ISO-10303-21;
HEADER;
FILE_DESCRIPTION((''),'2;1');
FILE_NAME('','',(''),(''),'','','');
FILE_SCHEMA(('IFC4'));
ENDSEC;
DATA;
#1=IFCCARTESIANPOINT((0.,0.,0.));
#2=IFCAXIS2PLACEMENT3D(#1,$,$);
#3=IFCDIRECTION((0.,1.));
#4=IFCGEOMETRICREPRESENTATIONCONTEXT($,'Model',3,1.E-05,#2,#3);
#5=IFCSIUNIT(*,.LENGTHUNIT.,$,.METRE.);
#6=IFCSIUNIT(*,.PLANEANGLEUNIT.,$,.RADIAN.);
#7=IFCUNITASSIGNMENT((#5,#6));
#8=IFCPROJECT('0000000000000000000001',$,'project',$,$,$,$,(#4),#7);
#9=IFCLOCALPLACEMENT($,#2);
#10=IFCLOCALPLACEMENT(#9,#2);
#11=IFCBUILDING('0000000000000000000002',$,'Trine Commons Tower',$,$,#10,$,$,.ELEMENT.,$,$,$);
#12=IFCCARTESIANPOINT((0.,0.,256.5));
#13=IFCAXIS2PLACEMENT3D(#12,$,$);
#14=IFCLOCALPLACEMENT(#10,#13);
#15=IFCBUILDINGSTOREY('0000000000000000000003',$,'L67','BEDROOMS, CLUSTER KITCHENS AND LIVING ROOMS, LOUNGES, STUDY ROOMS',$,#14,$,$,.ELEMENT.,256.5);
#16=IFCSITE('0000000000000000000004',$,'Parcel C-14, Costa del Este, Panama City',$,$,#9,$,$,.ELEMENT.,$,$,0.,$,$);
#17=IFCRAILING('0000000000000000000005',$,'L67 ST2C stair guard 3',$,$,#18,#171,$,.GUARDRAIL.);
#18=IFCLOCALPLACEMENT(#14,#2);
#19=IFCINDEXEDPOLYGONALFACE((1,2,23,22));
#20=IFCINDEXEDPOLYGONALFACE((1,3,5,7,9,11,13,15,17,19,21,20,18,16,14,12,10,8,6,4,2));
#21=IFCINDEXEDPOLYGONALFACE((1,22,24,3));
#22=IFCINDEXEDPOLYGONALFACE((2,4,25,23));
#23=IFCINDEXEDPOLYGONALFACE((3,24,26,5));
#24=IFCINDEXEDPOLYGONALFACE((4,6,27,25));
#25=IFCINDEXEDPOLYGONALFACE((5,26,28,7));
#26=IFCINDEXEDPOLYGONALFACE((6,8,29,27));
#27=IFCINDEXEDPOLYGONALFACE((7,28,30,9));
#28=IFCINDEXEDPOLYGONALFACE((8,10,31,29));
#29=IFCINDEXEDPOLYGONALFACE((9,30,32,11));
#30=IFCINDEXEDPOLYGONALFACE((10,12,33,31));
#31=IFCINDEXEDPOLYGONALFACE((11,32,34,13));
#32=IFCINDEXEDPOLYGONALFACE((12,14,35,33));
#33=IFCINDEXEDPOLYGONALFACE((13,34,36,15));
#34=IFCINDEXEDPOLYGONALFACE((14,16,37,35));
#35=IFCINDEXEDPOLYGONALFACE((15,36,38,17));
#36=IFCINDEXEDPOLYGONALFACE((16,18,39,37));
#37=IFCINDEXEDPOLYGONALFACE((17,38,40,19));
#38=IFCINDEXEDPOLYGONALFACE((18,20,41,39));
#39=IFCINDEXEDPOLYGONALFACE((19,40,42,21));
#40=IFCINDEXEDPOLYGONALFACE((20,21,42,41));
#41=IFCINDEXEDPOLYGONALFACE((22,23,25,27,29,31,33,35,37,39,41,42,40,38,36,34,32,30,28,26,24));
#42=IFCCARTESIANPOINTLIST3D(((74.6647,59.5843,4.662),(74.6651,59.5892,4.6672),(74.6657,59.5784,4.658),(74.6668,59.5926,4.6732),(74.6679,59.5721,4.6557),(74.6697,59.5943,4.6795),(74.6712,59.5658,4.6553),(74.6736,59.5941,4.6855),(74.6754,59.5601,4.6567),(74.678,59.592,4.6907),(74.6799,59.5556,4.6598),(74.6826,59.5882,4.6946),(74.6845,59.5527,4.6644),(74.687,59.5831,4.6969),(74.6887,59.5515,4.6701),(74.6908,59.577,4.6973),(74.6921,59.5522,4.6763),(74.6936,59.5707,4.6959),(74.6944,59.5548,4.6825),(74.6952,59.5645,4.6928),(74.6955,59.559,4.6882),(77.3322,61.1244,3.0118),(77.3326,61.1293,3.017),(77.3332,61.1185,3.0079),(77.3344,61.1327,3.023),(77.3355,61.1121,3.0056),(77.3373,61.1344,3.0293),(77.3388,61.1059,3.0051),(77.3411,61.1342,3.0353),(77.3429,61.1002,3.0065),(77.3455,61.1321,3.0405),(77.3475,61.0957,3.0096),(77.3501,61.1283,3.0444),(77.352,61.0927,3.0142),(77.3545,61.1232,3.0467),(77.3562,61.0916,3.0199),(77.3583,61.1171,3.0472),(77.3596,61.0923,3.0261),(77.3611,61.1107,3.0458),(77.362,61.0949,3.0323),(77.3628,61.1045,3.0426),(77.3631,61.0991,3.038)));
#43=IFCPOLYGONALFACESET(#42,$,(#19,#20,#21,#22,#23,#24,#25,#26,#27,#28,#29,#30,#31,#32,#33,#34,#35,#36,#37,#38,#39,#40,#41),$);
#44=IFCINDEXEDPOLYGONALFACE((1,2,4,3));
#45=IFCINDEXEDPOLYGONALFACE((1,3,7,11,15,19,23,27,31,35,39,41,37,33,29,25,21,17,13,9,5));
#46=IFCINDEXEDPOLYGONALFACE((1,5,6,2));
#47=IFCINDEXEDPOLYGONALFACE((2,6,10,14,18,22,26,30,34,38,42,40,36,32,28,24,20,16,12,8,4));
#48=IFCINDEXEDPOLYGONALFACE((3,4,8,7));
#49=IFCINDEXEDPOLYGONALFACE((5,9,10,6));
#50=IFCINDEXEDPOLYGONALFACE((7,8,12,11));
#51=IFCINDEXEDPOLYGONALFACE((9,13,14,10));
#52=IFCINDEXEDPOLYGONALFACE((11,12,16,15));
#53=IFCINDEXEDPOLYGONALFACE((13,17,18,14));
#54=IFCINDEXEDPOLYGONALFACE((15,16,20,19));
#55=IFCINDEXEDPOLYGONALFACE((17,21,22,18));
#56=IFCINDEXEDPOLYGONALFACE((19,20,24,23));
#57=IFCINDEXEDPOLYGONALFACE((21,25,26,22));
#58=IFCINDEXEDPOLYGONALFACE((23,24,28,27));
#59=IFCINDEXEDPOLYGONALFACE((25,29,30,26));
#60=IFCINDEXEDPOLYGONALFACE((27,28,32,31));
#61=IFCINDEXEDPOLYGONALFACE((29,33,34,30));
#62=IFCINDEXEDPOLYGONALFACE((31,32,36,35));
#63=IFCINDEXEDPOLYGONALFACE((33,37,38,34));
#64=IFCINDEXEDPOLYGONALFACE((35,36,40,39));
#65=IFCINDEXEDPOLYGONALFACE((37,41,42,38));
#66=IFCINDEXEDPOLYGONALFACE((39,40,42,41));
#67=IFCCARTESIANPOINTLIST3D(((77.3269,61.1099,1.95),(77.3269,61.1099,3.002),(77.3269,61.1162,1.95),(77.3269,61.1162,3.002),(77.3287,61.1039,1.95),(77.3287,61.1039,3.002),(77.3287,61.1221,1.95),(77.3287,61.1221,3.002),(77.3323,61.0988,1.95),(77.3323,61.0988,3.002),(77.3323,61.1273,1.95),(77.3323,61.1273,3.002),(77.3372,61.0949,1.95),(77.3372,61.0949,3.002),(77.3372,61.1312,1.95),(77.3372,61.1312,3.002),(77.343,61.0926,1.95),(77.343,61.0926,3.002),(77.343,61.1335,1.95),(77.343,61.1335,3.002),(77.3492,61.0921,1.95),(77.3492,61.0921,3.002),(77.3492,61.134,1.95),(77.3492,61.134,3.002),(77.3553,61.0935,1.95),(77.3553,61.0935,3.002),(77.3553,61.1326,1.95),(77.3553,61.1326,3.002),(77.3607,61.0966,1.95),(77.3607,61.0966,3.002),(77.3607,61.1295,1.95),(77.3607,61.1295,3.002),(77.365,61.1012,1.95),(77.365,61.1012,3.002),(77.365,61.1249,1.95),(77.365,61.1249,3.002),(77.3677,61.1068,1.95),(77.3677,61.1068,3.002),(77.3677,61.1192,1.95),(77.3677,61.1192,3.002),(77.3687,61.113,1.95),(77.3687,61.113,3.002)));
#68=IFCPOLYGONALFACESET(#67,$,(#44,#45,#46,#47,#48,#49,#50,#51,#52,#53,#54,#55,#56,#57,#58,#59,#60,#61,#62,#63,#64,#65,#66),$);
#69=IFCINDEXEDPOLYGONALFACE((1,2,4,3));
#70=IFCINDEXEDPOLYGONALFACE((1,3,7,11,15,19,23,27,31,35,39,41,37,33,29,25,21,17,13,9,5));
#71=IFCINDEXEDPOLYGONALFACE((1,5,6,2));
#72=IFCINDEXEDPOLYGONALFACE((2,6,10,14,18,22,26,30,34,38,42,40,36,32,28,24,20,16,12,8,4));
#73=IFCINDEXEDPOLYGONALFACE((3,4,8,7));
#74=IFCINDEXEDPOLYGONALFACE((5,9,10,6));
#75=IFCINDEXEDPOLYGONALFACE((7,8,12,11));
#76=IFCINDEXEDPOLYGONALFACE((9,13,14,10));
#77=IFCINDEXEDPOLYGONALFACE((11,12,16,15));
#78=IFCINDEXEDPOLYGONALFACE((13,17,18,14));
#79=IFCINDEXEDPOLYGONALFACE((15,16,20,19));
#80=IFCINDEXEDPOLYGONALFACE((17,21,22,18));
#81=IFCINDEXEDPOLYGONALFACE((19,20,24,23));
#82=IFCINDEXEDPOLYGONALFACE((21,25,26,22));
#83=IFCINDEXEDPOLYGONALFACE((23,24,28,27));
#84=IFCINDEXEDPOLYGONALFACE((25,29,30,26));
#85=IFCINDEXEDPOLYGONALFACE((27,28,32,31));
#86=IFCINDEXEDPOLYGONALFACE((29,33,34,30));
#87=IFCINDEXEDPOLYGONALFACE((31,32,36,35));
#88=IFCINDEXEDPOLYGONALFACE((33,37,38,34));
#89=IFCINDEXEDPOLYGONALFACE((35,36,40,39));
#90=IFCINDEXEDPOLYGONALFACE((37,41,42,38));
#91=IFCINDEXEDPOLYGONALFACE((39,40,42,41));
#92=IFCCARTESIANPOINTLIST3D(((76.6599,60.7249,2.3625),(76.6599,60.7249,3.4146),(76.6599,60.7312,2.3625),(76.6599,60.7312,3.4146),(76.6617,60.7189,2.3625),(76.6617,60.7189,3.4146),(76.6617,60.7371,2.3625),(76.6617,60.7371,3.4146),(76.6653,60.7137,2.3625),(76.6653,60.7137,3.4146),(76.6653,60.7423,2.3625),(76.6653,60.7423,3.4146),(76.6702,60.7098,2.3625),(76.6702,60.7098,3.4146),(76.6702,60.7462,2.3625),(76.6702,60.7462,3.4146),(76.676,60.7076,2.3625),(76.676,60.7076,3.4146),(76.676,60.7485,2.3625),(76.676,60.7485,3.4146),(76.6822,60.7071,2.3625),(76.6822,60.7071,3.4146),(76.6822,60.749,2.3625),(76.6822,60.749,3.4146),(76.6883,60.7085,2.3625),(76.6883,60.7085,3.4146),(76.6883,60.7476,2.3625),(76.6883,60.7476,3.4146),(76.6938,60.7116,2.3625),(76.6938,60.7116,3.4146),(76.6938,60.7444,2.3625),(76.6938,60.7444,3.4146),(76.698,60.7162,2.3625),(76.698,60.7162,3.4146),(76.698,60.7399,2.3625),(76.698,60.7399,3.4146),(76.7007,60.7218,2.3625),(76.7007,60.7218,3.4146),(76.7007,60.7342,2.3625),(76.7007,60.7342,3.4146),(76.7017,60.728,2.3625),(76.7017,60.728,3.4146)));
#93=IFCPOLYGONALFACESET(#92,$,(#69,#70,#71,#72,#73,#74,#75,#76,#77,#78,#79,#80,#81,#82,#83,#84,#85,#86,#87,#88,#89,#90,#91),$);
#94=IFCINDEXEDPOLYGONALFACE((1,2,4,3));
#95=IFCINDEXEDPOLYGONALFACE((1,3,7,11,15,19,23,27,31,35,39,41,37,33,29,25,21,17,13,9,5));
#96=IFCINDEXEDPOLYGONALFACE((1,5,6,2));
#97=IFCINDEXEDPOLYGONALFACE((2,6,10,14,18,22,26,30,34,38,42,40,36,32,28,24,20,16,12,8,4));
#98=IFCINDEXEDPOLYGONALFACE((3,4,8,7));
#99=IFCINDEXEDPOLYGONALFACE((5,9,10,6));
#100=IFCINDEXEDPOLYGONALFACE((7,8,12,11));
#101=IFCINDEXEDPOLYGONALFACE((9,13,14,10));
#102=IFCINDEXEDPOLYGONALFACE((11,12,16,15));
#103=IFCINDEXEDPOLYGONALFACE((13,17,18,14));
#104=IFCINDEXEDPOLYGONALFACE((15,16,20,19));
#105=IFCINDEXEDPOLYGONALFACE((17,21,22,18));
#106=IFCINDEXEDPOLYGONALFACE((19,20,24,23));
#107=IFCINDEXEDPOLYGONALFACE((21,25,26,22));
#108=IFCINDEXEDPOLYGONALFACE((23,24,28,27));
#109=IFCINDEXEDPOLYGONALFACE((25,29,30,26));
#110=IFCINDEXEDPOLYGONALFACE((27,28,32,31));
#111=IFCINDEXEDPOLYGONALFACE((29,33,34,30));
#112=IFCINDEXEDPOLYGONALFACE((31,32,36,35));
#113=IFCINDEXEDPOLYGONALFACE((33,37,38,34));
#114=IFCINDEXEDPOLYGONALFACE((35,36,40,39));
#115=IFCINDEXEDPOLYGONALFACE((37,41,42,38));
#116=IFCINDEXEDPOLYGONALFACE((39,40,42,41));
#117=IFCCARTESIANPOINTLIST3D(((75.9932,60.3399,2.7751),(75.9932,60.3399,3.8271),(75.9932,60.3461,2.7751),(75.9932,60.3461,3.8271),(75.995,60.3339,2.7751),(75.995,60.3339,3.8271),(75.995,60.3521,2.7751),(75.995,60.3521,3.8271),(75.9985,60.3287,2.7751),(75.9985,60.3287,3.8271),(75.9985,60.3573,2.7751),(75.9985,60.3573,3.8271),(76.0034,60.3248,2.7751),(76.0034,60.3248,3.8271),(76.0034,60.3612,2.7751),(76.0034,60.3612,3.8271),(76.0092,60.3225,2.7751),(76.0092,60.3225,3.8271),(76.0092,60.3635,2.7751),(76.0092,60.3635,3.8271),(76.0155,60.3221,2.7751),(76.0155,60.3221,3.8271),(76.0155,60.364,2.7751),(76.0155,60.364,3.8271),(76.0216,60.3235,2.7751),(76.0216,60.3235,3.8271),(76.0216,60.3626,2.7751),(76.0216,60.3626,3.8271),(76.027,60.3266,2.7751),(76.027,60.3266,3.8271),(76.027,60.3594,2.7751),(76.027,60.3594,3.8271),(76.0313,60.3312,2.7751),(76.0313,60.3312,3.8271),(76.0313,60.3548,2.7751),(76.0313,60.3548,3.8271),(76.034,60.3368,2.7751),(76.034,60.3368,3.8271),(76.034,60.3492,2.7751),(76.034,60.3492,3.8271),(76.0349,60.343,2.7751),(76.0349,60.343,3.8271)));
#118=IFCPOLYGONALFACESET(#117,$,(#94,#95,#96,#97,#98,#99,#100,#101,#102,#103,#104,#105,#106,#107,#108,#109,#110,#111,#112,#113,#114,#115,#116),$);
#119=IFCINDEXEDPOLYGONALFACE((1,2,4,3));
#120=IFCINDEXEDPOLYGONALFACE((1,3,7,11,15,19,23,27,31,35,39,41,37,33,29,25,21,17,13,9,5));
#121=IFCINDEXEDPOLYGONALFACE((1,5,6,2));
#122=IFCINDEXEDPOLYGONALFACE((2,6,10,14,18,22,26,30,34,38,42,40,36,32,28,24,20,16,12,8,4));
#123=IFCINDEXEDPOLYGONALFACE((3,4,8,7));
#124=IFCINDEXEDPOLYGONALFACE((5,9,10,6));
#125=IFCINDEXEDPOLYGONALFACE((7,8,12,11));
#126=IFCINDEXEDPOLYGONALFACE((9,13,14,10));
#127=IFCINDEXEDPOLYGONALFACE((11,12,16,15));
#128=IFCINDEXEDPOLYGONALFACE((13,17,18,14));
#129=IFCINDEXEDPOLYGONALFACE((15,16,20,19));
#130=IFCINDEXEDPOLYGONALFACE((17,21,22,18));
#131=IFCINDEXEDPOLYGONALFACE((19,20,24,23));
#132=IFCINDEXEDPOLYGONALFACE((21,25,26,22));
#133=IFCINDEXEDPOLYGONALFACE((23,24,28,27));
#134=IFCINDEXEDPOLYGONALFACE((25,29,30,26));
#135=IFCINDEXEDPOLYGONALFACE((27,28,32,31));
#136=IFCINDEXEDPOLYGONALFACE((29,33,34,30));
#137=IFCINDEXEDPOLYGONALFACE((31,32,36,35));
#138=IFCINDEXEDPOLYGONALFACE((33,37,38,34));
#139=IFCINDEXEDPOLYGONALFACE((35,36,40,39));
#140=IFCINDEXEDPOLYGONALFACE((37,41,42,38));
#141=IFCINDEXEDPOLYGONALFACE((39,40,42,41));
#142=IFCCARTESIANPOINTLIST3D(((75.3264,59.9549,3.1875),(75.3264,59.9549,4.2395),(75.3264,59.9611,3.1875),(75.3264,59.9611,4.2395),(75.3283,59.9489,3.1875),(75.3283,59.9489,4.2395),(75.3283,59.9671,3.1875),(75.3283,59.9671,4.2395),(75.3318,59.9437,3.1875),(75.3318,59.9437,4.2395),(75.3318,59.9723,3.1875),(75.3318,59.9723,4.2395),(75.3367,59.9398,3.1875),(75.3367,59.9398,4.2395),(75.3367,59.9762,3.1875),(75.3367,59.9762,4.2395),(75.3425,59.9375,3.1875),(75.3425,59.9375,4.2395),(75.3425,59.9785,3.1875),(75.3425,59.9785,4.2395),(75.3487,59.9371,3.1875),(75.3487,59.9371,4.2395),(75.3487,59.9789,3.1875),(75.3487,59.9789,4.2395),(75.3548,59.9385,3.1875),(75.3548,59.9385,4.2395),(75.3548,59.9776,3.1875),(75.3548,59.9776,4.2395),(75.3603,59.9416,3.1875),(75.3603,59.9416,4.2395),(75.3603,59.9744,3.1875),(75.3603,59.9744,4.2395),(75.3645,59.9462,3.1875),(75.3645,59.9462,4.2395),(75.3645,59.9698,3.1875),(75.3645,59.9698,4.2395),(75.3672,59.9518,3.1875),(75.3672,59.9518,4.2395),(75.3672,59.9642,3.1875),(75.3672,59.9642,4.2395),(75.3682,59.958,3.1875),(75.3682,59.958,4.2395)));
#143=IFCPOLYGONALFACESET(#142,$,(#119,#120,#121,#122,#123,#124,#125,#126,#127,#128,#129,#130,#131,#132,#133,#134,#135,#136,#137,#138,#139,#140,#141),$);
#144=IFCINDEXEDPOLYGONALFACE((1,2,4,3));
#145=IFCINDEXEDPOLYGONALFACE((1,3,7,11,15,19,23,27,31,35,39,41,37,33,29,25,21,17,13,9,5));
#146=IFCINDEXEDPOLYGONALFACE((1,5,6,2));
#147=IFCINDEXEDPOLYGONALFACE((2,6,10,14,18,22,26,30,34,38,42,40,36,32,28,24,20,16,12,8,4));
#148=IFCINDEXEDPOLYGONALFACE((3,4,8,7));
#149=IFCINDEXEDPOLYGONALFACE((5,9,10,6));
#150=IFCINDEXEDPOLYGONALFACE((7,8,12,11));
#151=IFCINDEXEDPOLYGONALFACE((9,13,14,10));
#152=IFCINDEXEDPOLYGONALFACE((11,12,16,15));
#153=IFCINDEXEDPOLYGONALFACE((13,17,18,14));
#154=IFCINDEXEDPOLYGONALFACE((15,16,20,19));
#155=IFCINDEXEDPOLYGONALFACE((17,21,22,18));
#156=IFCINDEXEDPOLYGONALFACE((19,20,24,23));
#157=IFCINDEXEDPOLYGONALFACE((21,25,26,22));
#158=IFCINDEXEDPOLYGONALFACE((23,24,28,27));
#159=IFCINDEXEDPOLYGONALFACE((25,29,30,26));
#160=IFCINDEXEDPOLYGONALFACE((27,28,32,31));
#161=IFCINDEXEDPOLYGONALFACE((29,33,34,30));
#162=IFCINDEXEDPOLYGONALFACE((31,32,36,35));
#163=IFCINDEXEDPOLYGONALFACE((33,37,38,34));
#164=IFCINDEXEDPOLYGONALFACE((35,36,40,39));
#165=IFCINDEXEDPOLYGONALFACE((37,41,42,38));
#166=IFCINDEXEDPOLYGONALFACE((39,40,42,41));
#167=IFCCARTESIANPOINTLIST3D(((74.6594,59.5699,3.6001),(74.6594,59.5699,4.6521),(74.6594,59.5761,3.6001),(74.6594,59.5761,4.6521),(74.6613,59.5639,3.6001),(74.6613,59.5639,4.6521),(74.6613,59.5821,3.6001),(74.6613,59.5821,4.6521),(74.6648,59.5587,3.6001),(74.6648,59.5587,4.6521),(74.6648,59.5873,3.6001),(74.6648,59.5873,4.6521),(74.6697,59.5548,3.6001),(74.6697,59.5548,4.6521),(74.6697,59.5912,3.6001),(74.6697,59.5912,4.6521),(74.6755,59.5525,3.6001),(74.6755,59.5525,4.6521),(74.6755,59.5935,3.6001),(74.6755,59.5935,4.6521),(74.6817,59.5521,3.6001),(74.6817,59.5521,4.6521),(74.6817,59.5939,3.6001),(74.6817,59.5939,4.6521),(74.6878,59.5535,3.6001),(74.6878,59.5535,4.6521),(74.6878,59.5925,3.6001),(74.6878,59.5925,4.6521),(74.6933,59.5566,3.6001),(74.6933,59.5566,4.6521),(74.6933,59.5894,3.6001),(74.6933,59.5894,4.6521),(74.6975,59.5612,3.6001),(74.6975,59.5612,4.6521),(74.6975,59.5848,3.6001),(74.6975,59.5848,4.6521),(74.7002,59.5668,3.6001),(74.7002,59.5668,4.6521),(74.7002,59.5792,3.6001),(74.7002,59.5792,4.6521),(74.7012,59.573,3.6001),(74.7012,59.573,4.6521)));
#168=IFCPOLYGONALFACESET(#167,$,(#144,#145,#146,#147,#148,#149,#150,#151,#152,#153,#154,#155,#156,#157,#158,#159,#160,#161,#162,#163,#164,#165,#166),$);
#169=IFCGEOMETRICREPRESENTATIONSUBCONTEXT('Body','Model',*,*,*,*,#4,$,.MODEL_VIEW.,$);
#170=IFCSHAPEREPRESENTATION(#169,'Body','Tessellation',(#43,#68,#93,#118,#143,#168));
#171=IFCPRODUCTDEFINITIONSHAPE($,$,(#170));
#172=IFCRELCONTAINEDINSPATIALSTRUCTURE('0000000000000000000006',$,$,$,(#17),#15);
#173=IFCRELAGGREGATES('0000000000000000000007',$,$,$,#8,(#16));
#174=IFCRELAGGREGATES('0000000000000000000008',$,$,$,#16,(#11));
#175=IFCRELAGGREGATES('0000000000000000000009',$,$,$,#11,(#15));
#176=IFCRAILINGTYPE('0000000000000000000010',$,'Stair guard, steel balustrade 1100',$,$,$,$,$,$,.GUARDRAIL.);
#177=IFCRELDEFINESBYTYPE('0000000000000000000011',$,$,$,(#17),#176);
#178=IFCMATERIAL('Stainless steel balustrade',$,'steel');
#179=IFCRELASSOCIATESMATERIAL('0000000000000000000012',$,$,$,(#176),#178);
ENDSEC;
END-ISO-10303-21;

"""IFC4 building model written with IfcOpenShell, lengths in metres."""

from ifc_helpers import new_model, si_unit, direction, frame, origin, origin_2d, place, context, subcontext, project, spatial, circle, extrude, material, type_object, element, save


model = new_model("IFC4")

# Units and contexts
model_context = context("Model", 3, precision=1e-05, world=origin(), true_north=direction((0.0, 1.0)))
body_context = subcontext(model_context, "Body", "Model", "MODEL_VIEW")
ifc_project = project(units=[si_unit("LENGTHUNIT", "METRE"), si_unit("PLANEANGLEUNIT", "RADIAN")], contexts=[model_context])

# Site, building, storey
site_placement = place(None, origin())
site = spatial("IfcSite", under=ifc_project, at=site_placement, Name="Parcel C-14, Costa del Este, Panama City", CompositionType="ELEMENT", RefElevation=0.0)
building_placement = place(site_placement, origin())
building = spatial("IfcBuilding", under=site, at=building_placement, Name="Trine Commons Tower", CompositionType="ELEMENT")
storey_placement = place(building_placement, frame((0.0, 0.0, 256.5)))
storey = spatial("IfcBuildingStorey", under=building, at=storey_placement, Name="L67", Description="BEDROOMS, CLUSTER KITCHENS AND LIVING ROOMS, LOUNGES, STUDY ROOMS", CompositionType="ELEMENT", Elevation=256.5)

# Railing
ifc_material_1 = material(Name="Stainless steel balustrade", Category="steel")
railing_type_1 = type_object("IfcRailingType", Name="Stair guard, steel balustrade 1100", PredefinedType="GUARDRAIL", material=ifc_material_1)
railing_1_placement = place(storey_placement, frame((77.3477, 61.113, 1.95)))
element("IfcRailing", 1, at=railing_1_placement, inside=storey, type_object=railing_type_1, Name="L67 ST2C stair guard 3", PredefinedType="GUARDRAIL", context=body_context, shape_type="SweptSolid", body=[
    extrude(circle(Radius=0.0239, at=origin_2d()), frame((0.0, 0.0, 1.0762), z_axis=(-0.76338, -0.440728, 0.472239), x_axis=(0.499992, -0.86603, 0.0)), (0.0, 0.0, 1.0), 3.4944),
    extrude(circle(Radius=0.021, at=origin_2d()), origin(), (0.0, 0.0, 1.0), 1.052),
    extrude(circle(Radius=0.021, at=origin_2d()), frame((-0.667, -0.385, 0.4126)), (0.0, 0.0, 1.0), 1.052),
    extrude(circle(Radius=0.021, at=origin_2d()), frame((-1.3337, -0.77, 0.8252)), (0.0, 0.0, 1.0), 1.052),
    extrude(circle(Radius=0.021, at=origin_2d()), frame((-2.0005, -1.155, 1.2375)), (0.0, 0.0, 1.0), 1.052),
    extrude(circle(Radius=0.021, at=origin_2d()), frame((-2.6675, -1.54, 1.6501)), (0.0, 0.0, 1.0), 1.052),
])

save(model, "model.ifc")
